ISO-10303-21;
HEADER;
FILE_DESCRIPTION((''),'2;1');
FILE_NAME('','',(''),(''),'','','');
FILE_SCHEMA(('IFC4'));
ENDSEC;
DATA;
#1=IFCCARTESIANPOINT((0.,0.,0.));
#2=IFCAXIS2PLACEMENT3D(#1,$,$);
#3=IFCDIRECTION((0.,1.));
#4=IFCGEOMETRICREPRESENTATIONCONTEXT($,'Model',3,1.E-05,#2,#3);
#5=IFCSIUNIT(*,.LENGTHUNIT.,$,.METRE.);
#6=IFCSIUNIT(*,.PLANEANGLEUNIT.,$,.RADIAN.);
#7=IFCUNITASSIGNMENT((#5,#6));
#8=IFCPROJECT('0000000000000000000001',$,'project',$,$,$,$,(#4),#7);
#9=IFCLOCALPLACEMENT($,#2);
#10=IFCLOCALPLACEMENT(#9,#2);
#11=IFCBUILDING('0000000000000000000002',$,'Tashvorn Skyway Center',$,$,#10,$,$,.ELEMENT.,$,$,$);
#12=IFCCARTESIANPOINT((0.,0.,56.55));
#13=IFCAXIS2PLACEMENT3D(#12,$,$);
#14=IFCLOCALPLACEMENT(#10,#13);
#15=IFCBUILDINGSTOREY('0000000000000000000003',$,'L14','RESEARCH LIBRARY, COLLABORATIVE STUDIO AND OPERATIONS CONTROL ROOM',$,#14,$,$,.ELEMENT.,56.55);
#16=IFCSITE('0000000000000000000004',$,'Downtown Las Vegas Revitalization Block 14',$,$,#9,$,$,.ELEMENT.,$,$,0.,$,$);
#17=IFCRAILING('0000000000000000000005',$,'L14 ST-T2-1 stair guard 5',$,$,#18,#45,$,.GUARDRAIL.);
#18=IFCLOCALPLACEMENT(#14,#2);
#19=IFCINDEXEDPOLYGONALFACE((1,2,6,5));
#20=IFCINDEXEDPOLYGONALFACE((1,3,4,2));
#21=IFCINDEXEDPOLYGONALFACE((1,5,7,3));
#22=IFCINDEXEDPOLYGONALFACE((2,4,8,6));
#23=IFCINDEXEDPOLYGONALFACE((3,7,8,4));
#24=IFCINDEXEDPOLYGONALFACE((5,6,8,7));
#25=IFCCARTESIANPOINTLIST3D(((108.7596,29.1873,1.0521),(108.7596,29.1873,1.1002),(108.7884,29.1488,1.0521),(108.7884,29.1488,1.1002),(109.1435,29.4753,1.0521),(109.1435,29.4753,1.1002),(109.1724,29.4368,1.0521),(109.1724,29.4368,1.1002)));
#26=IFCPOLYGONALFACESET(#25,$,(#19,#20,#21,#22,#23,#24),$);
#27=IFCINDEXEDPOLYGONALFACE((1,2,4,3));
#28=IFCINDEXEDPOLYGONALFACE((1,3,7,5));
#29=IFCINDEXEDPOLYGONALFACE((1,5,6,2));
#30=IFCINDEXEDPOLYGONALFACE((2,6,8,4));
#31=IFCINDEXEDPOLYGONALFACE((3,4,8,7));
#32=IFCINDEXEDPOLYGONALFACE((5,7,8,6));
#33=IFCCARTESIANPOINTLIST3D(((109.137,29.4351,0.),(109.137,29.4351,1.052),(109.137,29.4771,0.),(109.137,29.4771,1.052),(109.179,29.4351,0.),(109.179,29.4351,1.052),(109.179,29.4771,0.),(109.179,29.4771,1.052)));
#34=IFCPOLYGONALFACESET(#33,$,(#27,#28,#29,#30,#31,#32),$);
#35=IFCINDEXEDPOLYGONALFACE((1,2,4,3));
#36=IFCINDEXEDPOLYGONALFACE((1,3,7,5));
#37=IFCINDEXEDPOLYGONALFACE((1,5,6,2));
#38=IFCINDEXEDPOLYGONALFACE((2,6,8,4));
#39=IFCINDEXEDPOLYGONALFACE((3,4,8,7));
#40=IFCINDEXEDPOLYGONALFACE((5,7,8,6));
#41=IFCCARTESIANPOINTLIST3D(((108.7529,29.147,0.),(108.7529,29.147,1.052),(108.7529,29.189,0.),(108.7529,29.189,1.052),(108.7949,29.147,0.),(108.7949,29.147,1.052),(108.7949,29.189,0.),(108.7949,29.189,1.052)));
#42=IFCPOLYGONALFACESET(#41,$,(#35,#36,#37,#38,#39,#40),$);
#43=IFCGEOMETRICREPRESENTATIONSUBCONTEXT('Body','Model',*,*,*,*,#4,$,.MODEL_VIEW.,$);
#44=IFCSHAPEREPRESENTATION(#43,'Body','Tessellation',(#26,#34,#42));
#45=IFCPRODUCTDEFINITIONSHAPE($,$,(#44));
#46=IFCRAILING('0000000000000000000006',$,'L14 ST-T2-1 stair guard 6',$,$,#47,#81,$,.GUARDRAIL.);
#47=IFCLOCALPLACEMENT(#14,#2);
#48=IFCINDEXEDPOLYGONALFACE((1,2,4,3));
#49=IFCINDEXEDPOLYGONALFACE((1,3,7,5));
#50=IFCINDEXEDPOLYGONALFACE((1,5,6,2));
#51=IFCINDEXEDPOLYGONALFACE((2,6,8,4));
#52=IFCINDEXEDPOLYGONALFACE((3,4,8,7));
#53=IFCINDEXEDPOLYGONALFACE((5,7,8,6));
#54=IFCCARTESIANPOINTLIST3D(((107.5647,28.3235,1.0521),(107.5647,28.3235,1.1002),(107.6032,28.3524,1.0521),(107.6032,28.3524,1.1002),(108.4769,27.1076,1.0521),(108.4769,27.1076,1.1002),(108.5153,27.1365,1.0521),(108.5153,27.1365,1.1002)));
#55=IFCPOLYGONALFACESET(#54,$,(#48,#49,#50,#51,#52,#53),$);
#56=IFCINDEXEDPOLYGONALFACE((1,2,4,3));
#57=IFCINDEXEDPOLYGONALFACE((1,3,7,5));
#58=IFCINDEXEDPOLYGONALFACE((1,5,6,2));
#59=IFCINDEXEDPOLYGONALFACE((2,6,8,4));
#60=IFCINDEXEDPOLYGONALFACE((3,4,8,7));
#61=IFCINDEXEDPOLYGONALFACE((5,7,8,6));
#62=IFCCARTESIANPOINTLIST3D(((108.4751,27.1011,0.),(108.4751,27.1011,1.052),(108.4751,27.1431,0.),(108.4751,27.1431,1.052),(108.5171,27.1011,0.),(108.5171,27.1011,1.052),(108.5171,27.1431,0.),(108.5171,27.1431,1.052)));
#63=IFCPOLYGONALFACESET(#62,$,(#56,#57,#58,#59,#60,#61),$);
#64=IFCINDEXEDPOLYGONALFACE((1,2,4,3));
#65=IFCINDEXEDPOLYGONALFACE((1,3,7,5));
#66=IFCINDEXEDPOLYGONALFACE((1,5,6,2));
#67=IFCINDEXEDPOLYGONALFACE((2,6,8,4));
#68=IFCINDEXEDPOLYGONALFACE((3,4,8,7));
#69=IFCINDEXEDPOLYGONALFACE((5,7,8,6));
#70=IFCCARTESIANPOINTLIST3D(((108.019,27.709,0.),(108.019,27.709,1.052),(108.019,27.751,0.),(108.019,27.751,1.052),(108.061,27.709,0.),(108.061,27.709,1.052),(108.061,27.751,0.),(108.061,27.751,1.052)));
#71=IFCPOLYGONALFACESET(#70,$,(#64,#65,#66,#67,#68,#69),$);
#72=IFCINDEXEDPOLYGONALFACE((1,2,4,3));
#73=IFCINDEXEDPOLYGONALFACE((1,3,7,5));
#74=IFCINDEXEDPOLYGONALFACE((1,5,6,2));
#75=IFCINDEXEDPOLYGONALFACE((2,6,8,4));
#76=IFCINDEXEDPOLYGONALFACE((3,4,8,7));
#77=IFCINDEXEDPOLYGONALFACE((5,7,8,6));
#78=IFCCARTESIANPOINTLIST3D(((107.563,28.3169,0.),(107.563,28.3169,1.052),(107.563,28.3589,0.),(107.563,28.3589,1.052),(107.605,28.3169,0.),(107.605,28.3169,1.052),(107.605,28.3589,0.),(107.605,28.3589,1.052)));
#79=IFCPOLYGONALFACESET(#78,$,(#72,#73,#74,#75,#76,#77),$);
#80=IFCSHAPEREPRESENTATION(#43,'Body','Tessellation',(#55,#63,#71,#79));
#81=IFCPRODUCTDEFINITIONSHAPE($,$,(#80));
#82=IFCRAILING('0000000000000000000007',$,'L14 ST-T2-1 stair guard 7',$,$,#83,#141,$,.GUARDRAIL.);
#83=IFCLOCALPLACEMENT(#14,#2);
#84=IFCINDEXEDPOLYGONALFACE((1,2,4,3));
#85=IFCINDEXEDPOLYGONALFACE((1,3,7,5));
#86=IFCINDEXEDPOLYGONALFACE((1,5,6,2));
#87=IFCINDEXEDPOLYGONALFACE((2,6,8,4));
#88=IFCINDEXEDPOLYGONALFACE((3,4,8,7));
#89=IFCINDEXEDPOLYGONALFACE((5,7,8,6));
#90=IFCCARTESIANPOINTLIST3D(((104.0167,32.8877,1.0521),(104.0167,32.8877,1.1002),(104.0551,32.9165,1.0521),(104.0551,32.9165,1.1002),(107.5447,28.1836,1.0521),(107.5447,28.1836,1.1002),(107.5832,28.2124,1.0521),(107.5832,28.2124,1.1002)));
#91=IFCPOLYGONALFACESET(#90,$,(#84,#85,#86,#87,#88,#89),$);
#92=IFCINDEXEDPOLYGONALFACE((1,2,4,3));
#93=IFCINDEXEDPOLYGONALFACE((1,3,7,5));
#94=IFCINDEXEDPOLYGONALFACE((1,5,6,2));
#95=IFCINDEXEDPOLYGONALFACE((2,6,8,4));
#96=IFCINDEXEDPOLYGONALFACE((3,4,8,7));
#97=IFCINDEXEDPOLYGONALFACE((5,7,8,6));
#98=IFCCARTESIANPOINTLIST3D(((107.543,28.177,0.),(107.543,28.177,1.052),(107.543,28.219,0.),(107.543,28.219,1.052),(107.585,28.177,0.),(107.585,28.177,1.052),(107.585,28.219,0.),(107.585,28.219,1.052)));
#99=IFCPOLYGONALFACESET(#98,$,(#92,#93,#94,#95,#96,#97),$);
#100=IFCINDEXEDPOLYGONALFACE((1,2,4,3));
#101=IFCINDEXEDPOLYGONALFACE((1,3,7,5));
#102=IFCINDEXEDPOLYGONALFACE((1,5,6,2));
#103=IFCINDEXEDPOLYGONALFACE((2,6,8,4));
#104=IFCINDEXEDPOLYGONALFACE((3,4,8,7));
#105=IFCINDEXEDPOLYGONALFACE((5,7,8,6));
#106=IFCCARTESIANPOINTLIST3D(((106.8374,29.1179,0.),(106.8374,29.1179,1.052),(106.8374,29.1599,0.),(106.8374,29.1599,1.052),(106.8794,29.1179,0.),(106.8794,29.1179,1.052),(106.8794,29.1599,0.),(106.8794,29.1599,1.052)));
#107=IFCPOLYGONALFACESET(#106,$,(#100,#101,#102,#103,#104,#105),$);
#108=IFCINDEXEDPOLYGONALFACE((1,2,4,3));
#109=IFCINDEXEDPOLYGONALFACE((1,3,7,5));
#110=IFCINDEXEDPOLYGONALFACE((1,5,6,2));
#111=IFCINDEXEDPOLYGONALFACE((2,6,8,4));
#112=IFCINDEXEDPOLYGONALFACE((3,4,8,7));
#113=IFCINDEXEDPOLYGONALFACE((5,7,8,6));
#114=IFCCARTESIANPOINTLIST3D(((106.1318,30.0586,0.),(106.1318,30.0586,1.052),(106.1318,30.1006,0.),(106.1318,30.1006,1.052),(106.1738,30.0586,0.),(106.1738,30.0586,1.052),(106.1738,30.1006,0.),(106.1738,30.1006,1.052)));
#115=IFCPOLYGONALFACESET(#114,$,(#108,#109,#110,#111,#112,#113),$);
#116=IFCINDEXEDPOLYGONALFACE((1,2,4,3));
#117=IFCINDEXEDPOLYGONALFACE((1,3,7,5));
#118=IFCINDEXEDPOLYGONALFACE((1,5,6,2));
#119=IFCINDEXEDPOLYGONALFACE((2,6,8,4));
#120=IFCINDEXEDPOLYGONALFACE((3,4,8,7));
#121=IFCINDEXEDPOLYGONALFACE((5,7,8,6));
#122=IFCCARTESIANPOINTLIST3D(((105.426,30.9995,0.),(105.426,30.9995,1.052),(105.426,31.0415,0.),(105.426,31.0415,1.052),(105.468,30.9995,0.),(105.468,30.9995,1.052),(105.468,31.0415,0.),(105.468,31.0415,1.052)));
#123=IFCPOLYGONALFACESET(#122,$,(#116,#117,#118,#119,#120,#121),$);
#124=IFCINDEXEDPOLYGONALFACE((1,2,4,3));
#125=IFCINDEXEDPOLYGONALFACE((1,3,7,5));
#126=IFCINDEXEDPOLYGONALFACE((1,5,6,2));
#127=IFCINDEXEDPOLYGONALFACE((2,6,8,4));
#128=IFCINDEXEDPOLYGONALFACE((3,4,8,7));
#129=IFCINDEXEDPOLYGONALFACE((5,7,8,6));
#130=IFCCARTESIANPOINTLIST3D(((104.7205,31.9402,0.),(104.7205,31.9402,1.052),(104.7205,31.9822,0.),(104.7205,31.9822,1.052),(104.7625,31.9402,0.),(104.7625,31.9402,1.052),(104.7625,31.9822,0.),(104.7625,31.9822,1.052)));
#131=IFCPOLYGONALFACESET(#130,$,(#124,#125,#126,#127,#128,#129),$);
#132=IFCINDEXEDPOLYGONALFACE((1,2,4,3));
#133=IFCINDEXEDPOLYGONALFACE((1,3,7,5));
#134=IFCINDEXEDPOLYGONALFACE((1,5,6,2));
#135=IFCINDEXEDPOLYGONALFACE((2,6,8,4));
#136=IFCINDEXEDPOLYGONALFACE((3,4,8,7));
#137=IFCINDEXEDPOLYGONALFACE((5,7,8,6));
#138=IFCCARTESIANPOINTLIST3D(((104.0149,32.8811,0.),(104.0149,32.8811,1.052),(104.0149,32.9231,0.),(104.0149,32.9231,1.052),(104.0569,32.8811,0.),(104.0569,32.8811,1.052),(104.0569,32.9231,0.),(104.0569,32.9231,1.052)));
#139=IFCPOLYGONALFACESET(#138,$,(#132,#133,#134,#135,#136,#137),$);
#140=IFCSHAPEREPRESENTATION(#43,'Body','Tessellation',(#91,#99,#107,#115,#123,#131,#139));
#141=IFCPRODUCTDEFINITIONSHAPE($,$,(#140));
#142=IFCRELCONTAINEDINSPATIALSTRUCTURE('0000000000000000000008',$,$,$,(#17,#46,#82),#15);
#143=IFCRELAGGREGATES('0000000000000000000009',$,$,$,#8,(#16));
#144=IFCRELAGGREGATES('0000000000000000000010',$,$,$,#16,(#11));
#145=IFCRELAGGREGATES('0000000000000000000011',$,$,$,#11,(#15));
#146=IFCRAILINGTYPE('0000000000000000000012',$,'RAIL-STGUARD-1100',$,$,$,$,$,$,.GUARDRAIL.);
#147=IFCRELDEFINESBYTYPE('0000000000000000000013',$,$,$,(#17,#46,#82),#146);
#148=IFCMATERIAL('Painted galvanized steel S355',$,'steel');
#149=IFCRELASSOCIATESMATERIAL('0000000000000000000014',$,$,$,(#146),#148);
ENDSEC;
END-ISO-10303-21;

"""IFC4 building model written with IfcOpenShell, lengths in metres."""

from ifc_helpers import new_model, si_unit, direction, frame, origin, origin_2d, place, context, subcontext, project, spatial, rectangle, extrude, material, type_object, element, save


model = new_model("IFC4")

# Units and contexts
model_context = context("Model", 3, precision=1e-05, world=origin(), true_north=direction((0.0, 1.0)))
body_context = subcontext(model_context, "Body", "Model", "MODEL_VIEW")
ifc_project = project(units=[si_unit("LENGTHUNIT", "METRE"), si_unit("PLANEANGLEUNIT", "RADIAN")], contexts=[model_context])

# Site, building, storey
site_placement = place(None, origin())
site = spatial("IfcSite", under=ifc_project, at=site_placement, Name="Downtown Las Vegas Revitalization Block 14", CompositionType="ELEMENT", RefElevation=0.0)
building_placement = place(site_placement, origin())
building = spatial("IfcBuilding", under=site, at=building_placement, Name="Tashvorn Skyway Center", CompositionType="ELEMENT")
storey_placement = place(building_placement, frame((0.0, 0.0, 56.55)))
storey = spatial("IfcBuildingStorey", under=building, at=storey_placement, Name="L14", Description="RESEARCH LIBRARY, COLLABORATIVE STUDIO AND OPERATIONS CONTROL ROOM", CompositionType="ELEMENT", Elevation=56.55)

# Railings
ifc_material_1 = material(Name="Painted galvanized steel S355", Category="steel")
railing_type = type_object("IfcRailingType", Name="RAIL-STGUARD-1100", PredefinedType="GUARDRAIL", material=ifc_material_1)
railing_1_placement = place(storey_placement, frame((109.158, 29.4561, 0.0)))
element("IfcRailing", 1, at=railing_1_placement, inside=storey, type_object=railing_type, Name="L14 ST-T2-1 stair guard 5", PredefinedType="GUARDRAIL", context=body_context, shape_type="SweptSolid", body=[
    extrude(rectangle(XDim=0.0481, YDim=0.0481, at=origin_2d()), frame((0.0, 0.0, 1.0762), z_axis=(-0.799939, -0.600081, 0.0), x_axis=(0.600081, -0.799939, 0.0)), (0.0, 0.0, 1.0), 0.48),
    extrude(rectangle(XDim=0.042, YDim=0.042, at=origin_2d()), origin(), (0.0, 0.0, 1.0), 1.052),
    extrude(rectangle(XDim=0.042, YDim=0.042, at=origin_2d()), frame((-0.384, -0.2881, 0.0)), (0.0, 0.0, 1.0), 1.052),
])
railing_2_placement = place(storey_placement, frame((108.4961, 27.1221, 0.0)))
element("IfcRailing", 2, at=railing_2_placement, inside=storey, type_object=railing_type, Name="L14 ST-T2-1 stair guard 6", PredefinedType="GUARDRAIL", context=body_context, shape_type="SweptSolid", body=[
    extrude(rectangle(XDim=0.0481, YDim=0.0481, at=origin_2d()), frame((0.0, 0.0, 1.0762), z_axis=(-0.600103, 0.799923, 0.0), x_axis=(-0.799923, -0.600103, 0.0)), (0.0, 0.0, 1.0), 1.52),
    extrude(rectangle(XDim=0.042, YDim=0.042, at=origin_2d()), origin(), (0.0, 0.0, 1.0), 1.052),
    extrude(rectangle(XDim=0.042, YDim=0.042, at=origin_2d()), frame((-0.4561, 0.6079, 0.0)), (0.0, 0.0, 1.0), 1.052),
    extrude(rectangle(XDim=0.042, YDim=0.042, at=origin_2d()), frame((-0.9121, 1.2158, 0.0)), (0.0, 0.0, 1.0), 1.052),
])
railing_3_placement = place(storey_placement, frame((107.564, 28.198, 0.0)))
element("IfcRailing", 3, at=railing_3_placement, inside=storey, type_object=railing_type, Name="L14 ST-T2-1 stair guard 7", PredefinedType="GUARDRAIL", context=body_context, shape_type="SweptSolid", body=[
    extrude(rectangle(XDim=0.0481, YDim=0.0481, at=origin_2d()), frame((0.0, 0.0, 1.0762), z_axis=(-0.6, 0.8, 0.0), x_axis=(-0.8, -0.6, 0.0)), (0.0, 0.0, 1.0), 5.8801),
    extrude(rectangle(XDim=0.042, YDim=0.042, at=origin_2d()), origin(), (0.0, 0.0, 1.0), 1.052),
    extrude(rectangle(XDim=0.042, YDim=0.042, at=origin_2d()), frame((-0.7056, 0.9409, 0.0)), (0.0, 0.0, 1.0), 1.052),
    extrude(rectangle(XDim=0.042, YDim=0.042, at=origin_2d()), frame((-1.4111, 1.8816, 0.0)), (0.0, 0.0, 1.0), 1.052),
    extrude(rectangle(XDim=0.042, YDim=0.042, at=origin_2d()), frame((-2.1169, 2.8225, 0.0)), (0.0, 0.0, 1.0), 1.052),
    extrude(rectangle(XDim=0.042, YDim=0.042, at=origin_2d()), frame((-2.8225, 3.7632, 0.0)), (0.0, 0.0, 1.0), 1.052),
    extrude(rectangle(XDim=0.042, YDim=0.042, at=origin_2d()), frame((-3.5281, 4.7041, 0.0)), (0.0, 0.0, 1.0), 1.052),
])

save(model, "model.ifc")
